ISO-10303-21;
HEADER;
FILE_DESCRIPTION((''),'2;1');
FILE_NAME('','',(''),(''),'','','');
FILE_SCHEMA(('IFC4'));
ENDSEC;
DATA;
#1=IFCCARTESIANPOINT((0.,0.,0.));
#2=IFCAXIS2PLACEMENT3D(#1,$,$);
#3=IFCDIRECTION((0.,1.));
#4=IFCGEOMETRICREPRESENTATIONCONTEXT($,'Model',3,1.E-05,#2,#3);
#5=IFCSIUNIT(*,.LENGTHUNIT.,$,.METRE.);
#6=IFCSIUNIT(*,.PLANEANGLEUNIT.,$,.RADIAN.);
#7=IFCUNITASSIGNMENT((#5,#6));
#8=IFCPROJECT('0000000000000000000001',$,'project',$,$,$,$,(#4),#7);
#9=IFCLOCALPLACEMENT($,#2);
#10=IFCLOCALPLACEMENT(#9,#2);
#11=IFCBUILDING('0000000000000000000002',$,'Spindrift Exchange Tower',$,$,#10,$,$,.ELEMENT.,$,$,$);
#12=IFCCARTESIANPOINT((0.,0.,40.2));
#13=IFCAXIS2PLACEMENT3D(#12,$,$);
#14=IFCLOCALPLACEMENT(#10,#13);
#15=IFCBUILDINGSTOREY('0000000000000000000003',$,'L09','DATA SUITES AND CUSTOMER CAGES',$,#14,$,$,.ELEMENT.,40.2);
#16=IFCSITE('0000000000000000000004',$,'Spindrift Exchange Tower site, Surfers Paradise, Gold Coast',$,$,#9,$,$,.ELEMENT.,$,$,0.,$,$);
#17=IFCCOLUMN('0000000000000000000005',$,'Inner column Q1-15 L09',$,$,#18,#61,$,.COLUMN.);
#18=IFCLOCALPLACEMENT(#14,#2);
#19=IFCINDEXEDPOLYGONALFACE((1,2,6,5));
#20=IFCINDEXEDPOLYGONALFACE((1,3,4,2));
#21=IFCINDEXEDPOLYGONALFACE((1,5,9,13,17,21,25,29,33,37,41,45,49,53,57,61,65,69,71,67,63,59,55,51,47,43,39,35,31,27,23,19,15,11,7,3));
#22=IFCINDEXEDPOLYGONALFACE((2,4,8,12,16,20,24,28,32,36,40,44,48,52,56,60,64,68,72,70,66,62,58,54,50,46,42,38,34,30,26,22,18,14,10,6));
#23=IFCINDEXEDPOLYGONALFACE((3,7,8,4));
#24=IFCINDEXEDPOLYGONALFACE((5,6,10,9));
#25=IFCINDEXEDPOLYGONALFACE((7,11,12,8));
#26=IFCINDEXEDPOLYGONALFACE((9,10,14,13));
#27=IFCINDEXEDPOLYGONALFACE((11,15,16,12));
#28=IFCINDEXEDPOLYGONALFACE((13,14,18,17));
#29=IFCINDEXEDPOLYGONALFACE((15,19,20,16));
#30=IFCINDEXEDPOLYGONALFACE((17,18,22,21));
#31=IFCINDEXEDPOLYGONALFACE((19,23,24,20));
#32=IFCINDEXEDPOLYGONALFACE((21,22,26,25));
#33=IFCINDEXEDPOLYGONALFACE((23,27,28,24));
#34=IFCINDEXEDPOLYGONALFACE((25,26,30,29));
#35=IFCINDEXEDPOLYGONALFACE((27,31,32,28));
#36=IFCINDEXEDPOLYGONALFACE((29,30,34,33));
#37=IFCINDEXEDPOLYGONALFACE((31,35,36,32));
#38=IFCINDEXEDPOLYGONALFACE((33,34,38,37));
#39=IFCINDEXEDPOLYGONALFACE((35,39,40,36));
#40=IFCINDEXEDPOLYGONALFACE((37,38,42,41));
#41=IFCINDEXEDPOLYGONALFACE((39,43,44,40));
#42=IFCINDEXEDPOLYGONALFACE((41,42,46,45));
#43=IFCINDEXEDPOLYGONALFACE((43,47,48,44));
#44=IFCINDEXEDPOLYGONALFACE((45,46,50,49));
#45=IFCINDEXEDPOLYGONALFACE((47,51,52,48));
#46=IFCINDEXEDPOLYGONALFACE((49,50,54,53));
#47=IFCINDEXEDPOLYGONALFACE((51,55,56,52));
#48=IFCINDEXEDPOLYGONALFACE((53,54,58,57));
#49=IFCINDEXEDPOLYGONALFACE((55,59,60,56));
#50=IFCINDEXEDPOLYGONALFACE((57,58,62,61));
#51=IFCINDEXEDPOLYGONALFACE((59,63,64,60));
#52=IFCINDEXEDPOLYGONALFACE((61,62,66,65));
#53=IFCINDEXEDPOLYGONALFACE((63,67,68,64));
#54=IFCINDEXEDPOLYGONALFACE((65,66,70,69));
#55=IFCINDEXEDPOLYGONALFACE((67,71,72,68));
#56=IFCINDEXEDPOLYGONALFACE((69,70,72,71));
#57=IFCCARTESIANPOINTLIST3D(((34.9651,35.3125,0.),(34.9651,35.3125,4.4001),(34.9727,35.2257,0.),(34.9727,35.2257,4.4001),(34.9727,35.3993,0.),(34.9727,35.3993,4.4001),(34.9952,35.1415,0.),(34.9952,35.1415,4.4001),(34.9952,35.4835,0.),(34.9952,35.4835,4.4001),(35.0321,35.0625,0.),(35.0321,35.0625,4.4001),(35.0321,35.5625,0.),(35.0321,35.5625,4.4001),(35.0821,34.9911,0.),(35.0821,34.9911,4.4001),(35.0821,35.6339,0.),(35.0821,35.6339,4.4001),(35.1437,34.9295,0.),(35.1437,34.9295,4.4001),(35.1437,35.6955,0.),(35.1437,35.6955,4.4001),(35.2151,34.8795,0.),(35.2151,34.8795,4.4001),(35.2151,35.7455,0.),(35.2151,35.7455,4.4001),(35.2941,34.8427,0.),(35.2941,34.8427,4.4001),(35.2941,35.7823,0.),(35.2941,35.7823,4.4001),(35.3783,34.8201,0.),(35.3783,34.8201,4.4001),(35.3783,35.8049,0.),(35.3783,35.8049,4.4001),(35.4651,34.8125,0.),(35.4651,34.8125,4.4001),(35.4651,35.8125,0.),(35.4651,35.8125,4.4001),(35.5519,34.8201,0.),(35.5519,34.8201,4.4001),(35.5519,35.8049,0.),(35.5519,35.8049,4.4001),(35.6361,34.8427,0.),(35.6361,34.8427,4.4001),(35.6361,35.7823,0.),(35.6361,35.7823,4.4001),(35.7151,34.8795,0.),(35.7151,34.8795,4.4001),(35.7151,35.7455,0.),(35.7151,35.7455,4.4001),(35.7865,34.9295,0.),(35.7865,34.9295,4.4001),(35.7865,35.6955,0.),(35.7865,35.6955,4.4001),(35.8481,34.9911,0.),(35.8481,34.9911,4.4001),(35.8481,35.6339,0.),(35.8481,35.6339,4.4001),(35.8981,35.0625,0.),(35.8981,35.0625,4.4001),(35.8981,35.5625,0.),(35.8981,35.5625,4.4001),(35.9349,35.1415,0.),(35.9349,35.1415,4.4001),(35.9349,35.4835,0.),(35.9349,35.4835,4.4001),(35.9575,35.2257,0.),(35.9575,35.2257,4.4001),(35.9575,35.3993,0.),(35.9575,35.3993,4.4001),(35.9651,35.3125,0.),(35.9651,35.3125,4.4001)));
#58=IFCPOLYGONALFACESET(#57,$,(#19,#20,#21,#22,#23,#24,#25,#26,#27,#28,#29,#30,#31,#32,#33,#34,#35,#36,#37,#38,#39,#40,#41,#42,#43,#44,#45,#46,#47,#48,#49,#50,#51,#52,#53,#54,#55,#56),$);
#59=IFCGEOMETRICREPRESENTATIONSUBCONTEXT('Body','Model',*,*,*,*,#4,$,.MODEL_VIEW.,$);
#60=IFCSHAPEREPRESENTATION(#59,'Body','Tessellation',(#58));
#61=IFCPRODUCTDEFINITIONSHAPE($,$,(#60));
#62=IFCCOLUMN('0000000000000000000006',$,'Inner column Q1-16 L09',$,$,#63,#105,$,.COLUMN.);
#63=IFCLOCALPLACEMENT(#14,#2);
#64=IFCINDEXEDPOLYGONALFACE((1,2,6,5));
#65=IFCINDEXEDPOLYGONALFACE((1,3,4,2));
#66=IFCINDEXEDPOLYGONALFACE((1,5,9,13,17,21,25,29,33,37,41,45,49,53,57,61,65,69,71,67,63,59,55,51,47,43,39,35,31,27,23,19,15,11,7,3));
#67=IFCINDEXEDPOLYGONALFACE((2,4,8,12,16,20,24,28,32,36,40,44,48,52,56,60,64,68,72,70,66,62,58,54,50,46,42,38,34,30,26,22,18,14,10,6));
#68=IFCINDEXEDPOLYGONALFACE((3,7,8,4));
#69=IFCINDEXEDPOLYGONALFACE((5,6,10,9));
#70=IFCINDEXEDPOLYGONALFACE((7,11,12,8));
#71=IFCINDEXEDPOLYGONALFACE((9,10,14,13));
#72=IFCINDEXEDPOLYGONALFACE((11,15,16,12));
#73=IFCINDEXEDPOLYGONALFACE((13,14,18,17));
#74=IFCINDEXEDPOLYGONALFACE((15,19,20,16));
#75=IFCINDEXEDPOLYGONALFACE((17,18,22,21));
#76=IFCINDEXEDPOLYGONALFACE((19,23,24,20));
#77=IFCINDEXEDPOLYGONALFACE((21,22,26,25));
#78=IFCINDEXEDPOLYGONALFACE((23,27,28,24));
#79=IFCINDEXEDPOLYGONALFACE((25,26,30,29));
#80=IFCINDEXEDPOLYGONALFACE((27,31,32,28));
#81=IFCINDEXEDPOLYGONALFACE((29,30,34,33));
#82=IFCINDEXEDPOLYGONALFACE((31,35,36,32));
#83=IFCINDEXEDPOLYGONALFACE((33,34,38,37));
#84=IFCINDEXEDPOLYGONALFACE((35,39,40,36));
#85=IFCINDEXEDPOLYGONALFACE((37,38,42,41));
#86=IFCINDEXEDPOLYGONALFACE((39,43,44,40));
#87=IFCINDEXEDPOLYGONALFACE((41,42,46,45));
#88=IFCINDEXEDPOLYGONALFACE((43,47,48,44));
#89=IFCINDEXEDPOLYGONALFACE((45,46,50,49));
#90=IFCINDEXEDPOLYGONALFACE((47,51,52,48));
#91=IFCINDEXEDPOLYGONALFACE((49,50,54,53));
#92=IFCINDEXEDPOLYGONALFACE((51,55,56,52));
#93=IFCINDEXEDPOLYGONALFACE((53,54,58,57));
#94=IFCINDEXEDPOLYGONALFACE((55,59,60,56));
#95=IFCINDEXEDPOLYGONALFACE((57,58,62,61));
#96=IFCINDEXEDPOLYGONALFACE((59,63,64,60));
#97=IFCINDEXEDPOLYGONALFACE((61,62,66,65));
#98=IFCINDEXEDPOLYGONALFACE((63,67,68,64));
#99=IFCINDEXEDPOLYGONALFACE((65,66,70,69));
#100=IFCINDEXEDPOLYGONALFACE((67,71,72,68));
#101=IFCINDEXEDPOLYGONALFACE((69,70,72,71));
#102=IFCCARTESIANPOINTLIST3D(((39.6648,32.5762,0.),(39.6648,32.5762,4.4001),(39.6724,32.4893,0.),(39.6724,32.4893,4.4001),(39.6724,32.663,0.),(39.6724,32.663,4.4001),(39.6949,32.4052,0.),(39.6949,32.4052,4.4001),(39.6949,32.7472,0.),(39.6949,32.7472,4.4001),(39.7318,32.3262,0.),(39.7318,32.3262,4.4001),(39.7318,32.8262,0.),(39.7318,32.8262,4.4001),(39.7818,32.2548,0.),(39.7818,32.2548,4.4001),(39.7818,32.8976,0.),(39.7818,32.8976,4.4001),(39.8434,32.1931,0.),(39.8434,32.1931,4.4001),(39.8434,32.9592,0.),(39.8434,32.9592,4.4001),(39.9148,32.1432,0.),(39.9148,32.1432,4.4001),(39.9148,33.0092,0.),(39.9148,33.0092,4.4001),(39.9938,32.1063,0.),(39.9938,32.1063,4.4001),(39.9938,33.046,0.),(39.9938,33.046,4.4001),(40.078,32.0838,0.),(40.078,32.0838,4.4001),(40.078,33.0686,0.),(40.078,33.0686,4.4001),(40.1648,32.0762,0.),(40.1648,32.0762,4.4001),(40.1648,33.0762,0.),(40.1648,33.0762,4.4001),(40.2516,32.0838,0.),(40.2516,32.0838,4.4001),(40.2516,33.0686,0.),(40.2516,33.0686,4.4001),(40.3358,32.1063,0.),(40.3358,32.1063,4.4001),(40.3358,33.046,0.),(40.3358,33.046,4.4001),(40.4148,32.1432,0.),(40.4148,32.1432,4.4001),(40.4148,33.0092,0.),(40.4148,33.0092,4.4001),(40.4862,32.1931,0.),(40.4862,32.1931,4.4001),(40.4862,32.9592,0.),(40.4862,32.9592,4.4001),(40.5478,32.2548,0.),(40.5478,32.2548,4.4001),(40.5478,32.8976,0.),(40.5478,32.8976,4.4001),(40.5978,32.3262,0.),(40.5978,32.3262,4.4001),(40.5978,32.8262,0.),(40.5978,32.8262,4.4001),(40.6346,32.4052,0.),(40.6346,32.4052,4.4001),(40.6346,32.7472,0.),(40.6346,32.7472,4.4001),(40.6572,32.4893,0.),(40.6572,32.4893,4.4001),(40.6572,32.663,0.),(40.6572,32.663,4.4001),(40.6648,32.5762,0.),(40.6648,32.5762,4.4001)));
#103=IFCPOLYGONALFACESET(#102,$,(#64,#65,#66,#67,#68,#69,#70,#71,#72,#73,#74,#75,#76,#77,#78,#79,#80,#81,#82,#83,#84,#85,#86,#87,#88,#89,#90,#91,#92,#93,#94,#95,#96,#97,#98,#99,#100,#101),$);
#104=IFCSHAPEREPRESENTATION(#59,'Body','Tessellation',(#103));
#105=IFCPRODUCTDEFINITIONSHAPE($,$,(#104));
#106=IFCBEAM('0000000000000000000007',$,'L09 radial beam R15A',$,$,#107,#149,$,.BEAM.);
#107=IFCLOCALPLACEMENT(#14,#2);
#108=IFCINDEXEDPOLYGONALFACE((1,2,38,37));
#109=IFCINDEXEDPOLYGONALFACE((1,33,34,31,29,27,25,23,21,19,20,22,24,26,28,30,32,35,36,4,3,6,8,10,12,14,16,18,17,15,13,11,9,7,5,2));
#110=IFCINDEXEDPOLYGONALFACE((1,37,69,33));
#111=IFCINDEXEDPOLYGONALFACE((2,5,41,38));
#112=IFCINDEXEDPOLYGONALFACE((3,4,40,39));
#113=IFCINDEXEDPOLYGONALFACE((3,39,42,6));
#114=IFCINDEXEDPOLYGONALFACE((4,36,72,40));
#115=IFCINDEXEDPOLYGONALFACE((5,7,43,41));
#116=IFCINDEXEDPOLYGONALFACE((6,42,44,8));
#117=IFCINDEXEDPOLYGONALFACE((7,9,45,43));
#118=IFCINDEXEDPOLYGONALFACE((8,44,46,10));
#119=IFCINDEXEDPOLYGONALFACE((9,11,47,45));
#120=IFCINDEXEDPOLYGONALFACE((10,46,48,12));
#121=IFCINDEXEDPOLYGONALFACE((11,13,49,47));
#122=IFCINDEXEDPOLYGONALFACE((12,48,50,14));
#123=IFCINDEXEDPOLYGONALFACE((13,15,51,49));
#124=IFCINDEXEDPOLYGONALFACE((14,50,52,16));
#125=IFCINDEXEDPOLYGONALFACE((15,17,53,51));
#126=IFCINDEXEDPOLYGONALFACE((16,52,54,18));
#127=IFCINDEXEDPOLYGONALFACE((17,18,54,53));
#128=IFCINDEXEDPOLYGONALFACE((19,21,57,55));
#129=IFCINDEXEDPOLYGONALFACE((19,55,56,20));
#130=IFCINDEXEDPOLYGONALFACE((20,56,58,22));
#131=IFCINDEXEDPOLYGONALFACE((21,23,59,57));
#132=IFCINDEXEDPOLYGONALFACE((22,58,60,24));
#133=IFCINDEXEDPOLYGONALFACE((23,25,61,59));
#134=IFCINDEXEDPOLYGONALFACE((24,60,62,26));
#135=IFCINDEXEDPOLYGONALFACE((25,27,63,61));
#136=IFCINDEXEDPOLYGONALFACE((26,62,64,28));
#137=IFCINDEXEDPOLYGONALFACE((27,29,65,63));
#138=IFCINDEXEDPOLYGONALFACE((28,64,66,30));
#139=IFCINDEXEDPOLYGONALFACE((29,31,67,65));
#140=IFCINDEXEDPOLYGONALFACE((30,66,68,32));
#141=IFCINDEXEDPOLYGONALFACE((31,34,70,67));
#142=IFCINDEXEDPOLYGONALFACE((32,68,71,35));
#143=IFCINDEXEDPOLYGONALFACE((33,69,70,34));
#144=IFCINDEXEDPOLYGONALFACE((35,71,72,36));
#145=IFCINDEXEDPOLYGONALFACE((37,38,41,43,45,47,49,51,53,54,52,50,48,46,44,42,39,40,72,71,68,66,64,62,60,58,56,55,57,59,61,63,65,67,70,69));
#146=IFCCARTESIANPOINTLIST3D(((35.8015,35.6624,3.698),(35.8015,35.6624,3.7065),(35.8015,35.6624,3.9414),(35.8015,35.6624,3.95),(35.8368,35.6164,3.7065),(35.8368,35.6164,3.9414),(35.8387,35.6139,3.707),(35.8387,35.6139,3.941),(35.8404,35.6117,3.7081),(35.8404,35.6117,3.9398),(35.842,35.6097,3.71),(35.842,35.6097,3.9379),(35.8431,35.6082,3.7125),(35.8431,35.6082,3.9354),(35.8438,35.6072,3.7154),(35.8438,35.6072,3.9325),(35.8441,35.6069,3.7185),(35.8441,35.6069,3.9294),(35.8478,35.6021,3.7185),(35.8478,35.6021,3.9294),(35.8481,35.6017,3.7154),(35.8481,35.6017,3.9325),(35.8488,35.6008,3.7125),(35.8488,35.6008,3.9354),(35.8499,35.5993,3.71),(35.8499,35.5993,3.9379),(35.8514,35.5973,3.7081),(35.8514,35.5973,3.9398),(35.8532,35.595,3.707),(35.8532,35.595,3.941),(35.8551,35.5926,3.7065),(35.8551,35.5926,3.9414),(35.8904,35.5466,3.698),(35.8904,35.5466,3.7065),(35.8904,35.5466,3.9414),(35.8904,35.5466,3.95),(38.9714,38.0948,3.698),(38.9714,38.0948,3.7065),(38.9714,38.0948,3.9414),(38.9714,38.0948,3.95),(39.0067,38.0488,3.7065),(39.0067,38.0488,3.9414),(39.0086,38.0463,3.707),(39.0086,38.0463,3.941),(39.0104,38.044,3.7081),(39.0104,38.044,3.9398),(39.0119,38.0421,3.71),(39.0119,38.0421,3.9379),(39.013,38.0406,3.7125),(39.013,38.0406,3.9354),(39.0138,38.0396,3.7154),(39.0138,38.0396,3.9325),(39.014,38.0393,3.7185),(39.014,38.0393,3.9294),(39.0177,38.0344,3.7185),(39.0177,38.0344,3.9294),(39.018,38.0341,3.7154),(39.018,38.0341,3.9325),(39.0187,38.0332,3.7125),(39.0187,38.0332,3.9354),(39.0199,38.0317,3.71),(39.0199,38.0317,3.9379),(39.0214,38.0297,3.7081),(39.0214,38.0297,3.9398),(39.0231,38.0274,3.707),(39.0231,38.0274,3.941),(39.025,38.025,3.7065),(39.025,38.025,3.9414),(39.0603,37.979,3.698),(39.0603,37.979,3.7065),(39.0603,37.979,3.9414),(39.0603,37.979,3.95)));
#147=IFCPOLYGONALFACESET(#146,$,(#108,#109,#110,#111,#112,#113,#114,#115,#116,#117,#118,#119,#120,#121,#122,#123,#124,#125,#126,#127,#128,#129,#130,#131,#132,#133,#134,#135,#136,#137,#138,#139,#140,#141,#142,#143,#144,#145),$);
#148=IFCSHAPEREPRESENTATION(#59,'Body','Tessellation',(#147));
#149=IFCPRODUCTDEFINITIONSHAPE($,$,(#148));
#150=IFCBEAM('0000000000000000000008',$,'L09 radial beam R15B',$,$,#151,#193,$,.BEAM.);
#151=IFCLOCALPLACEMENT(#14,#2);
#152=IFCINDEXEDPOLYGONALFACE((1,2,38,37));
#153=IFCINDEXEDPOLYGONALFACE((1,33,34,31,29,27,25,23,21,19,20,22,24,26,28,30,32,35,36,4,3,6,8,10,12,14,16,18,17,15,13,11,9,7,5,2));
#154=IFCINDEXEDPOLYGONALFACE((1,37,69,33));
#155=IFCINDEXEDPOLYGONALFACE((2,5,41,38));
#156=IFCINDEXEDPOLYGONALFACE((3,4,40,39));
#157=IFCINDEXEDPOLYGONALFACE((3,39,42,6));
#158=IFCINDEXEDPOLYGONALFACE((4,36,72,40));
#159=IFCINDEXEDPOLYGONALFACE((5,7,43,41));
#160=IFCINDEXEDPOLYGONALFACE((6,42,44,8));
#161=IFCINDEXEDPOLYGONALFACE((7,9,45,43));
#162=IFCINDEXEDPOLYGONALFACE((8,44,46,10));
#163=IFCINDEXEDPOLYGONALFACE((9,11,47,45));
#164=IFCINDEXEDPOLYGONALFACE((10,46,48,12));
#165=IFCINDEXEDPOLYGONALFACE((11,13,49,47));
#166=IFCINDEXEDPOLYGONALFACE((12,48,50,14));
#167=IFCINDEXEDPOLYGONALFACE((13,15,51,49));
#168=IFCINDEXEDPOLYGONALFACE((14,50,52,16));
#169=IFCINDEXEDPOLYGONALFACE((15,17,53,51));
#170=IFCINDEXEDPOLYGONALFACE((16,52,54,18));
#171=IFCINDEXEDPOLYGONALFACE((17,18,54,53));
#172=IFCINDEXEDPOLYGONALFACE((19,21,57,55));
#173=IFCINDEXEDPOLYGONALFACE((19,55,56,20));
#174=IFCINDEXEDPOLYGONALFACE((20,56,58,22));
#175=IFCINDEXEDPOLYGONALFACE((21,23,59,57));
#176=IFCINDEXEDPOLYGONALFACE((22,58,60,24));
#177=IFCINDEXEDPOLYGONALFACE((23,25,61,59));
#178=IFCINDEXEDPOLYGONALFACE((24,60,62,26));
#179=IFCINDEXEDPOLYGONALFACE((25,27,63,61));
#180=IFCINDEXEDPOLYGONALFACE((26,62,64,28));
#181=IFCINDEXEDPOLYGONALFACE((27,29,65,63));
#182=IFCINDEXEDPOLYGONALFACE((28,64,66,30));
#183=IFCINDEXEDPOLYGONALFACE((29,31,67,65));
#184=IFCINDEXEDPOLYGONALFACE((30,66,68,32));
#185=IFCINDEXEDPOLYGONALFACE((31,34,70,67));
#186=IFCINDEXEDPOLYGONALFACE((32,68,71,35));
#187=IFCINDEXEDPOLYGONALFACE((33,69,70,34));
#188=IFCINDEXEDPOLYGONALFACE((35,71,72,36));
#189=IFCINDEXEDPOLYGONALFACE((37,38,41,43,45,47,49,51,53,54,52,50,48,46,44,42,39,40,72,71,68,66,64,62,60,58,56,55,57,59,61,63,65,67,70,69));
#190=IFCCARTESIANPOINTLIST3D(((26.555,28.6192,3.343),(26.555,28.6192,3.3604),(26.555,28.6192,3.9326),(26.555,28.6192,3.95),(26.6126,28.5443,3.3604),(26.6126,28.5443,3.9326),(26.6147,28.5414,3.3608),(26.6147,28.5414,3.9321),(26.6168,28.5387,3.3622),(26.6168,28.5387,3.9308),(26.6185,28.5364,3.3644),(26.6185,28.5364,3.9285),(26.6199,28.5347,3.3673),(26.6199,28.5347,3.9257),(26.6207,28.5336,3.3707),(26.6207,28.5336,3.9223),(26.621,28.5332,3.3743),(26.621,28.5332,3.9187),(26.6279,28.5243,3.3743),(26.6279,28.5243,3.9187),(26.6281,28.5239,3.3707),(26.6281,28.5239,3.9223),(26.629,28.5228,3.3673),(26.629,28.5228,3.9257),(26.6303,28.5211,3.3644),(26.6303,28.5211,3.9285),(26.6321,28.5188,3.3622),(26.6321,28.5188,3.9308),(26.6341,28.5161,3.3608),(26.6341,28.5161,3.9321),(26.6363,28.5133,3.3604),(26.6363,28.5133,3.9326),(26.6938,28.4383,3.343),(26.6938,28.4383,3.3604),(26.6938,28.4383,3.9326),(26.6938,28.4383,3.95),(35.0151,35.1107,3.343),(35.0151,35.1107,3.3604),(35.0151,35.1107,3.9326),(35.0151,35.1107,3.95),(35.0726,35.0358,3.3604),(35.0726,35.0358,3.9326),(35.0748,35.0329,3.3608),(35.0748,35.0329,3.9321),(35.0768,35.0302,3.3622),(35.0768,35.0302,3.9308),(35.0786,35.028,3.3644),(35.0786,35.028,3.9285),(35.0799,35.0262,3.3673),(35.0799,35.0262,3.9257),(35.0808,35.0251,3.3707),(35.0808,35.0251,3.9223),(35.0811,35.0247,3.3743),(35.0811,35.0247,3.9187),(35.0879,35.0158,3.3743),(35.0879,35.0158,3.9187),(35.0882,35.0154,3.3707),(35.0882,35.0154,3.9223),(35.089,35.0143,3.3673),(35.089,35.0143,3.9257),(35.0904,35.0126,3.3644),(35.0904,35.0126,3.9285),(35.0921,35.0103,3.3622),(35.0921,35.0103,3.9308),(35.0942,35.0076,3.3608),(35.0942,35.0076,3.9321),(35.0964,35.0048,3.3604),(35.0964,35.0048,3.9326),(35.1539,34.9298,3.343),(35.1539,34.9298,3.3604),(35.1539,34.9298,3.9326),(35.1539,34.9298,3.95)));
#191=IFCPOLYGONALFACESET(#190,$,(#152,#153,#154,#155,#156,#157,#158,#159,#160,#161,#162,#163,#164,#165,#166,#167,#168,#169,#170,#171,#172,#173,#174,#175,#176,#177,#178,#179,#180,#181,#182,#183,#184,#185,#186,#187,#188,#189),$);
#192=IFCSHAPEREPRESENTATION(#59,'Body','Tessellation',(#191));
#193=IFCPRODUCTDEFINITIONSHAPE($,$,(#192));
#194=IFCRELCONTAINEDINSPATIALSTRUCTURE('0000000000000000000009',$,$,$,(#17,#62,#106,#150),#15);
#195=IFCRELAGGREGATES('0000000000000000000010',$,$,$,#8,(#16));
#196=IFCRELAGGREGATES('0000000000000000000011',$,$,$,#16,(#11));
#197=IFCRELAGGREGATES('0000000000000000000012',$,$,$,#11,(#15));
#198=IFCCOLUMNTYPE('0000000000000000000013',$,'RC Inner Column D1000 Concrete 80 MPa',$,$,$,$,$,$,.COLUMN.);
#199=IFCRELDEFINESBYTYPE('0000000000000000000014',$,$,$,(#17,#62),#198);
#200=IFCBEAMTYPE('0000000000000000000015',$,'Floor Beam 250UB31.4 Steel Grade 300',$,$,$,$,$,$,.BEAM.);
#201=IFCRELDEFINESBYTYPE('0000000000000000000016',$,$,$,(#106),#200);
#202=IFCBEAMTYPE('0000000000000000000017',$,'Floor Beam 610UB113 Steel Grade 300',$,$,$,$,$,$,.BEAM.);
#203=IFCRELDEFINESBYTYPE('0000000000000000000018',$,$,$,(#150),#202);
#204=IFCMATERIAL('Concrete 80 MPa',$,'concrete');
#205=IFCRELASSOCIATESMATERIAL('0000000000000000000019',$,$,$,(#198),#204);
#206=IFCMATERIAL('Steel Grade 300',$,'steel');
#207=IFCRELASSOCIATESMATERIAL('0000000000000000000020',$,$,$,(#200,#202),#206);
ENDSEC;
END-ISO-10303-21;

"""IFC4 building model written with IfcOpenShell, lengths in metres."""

from ifc_helpers import new_model, si_unit, direction, frame, origin, origin_2d, place, context, subcontext, project, spatial, circle, i_section, extrude, source, transform, mapped, material, material_profile, profile_set, type_object, element, save


model = new_model("IFC4")

# Units and contexts
model_context = context("Model", 3, precision=1e-05, world=origin(), true_north=direction((0.0, 1.0)))
body_context = subcontext(model_context, "Body", "Model", "MODEL_VIEW")
ifc_project = project(units=[si_unit("LENGTHUNIT", "METRE"), si_unit("PLANEANGLEUNIT", "RADIAN")], contexts=[model_context])

# Site, building, storey
site_placement = place(None, origin())
site = spatial("IfcSite", under=ifc_project, at=site_placement, Name="Spindrift Exchange Tower site, Surfers Paradise, Gold Coast", CompositionType="ELEMENT", RefElevation=0.0)
building_placement = place(site_placement, origin())
building = spatial("IfcBuilding", under=site, at=building_placement, Name="Spindrift Exchange Tower", CompositionType="ELEMENT")
storey_placement = place(building_placement, frame((0.0, 0.0, 40.2)))
storey = spatial("IfcBuildingStorey", under=building, at=storey_placement, Name="L09", Description="DATA SUITES AND CUSTOMER CAGES", CompositionType="ELEMENT", Elevation=40.2)

# Columns
ifc_material_1 = material(Name="Concrete 80 MPa", Category="concrete")
ifc_material_profile_1 = material_profile(ifc_material_1, circle(Radius=0.5, at=origin_2d()), Name="RC D1000")
ifc_profile_set_1 = profile_set([ifc_material_profile_1], Name="Concrete 80 MPa")
column_type = type_object("IfcColumnType", Name="RC Inner Column D1000 Concrete 80 MPa", PredefinedType="COLUMN", material=ifc_profile_set_1)
shared_shape_1 = source(origin(), body_context, "Body", "SweptSolid", [
    extrude(circle(Radius=0.5, at=origin_2d()), origin(), (0.0, 0.0, 1.0), 4.4001),
])
for number, where, z_axis, x_axis, name in (
    (1, (35.4651, 35.3125, 0.0), (0.0, 0.0, 1.0), (1.0, 0.0, 0.0), "Inner column Q1-15 L09"),
    (2, (40.1648, 32.5762, 0.0), (0.0, 0.0, 1.0), (1.0, 0.0, 0.0), "Inner column Q1-16 L09"),
):
    element("IfcColumn", number, at=place(storey_placement, frame(where, z_axis=z_axis, x_axis=x_axis)), inside=storey, type_object=column_type, Name=name, PredefinedType="COLUMN", context=body_context, shape_type="MappedRepresentation", body=[
        mapped(shared_shape_1, transform((0.0, 0.0, 0.0), scale=1.0)),
    ])

# Beams
ifc_material_2 = material(Name="Steel Grade 300", Category="steel")
ifc_material_profile_2 = material_profile(ifc_material_2, i_section(OverallWidth=0.146, OverallDepth=0.252, WebThickness=0.0061, FlangeThickness=0.0085, FilletRadius=0.012, at=origin_2d()), Name="250UB31.4")
ifc_profile_set_2 = profile_set([ifc_material_profile_2], Name="Steel Grade 300")
beam_type_1 = type_object("IfcBeamType", Name="Floor Beam 250UB31.4 Steel Grade 300", PredefinedType="BEAM", material=ifc_profile_set_2)
shared_shape_2 = source(origin(), body_context, "Body", "SweptSolid", [
    extrude(i_section(OverallWidth=0.146, OverallDepth=0.252, WebThickness=0.0061, FlangeThickness=0.0085, FilletRadius=0.012, at=origin_2d()), origin(), (0.0, 0.0, 1.0), 3.9956),
])
beam_1_placement = place(storey_placement, frame((39.0159, 38.0369, 3.824), z_axis=(-0.793353, -0.608762, 0.0), x_axis=(0.608762, -0.793353, 0.0)))
element("IfcBeam", 3, at=beam_1_placement, inside=storey, type_object=beam_type_1, Name="L09 radial beam R15A", PredefinedType="BEAM", context=body_context, shape_type="MappedRepresentation", body=[
    mapped(shared_shape_2, transform((0.0, 0.0, 0.0), scale=1.0)),
])
ifc_material_profile_3 = material_profile(ifc_material_2, i_section(OverallWidth=0.228, OverallDepth=0.6069, WebThickness=0.0112, FlangeThickness=0.0173, FilletRadius=0.0139, at=origin_2d()), Name="610UB113")
ifc_profile_set_3 = profile_set([ifc_material_profile_3], Name="Steel Grade 300")
beam_type_2 = type_object("IfcBeamType", Name="Floor Beam 610UB113 Steel Grade 300", PredefinedType="BEAM", material=ifc_profile_set_3)
shared_shape_3 = source(origin(), body_context, "Body", "SweptSolid", [
    extrude(i_section(OverallWidth=0.228, OverallDepth=0.6069, WebThickness=0.0112, FlangeThickness=0.0173, FilletRadius=0.0139, at=origin_2d()), origin(), (0.0, 0.0, 1.0), 10.6636),
])
beam_2_placement = place(storey_placement, frame((35.0845, 35.0203, 3.6465), z_axis=(-0.793358, -0.608755, 0.0), x_axis=(0.608755, -0.793358, 0.0)))
element("IfcBeam", 4, at=beam_2_placement, inside=storey, type_object=beam_type_2, Name="L09 radial beam R15B", PredefinedType="BEAM", context=body_context, shape_type="MappedRepresentation", body=[
    mapped(shared_shape_3, transform((0.0, 0.0, 0.0), scale=1.0)),
])

save(model, "model.ifc")
